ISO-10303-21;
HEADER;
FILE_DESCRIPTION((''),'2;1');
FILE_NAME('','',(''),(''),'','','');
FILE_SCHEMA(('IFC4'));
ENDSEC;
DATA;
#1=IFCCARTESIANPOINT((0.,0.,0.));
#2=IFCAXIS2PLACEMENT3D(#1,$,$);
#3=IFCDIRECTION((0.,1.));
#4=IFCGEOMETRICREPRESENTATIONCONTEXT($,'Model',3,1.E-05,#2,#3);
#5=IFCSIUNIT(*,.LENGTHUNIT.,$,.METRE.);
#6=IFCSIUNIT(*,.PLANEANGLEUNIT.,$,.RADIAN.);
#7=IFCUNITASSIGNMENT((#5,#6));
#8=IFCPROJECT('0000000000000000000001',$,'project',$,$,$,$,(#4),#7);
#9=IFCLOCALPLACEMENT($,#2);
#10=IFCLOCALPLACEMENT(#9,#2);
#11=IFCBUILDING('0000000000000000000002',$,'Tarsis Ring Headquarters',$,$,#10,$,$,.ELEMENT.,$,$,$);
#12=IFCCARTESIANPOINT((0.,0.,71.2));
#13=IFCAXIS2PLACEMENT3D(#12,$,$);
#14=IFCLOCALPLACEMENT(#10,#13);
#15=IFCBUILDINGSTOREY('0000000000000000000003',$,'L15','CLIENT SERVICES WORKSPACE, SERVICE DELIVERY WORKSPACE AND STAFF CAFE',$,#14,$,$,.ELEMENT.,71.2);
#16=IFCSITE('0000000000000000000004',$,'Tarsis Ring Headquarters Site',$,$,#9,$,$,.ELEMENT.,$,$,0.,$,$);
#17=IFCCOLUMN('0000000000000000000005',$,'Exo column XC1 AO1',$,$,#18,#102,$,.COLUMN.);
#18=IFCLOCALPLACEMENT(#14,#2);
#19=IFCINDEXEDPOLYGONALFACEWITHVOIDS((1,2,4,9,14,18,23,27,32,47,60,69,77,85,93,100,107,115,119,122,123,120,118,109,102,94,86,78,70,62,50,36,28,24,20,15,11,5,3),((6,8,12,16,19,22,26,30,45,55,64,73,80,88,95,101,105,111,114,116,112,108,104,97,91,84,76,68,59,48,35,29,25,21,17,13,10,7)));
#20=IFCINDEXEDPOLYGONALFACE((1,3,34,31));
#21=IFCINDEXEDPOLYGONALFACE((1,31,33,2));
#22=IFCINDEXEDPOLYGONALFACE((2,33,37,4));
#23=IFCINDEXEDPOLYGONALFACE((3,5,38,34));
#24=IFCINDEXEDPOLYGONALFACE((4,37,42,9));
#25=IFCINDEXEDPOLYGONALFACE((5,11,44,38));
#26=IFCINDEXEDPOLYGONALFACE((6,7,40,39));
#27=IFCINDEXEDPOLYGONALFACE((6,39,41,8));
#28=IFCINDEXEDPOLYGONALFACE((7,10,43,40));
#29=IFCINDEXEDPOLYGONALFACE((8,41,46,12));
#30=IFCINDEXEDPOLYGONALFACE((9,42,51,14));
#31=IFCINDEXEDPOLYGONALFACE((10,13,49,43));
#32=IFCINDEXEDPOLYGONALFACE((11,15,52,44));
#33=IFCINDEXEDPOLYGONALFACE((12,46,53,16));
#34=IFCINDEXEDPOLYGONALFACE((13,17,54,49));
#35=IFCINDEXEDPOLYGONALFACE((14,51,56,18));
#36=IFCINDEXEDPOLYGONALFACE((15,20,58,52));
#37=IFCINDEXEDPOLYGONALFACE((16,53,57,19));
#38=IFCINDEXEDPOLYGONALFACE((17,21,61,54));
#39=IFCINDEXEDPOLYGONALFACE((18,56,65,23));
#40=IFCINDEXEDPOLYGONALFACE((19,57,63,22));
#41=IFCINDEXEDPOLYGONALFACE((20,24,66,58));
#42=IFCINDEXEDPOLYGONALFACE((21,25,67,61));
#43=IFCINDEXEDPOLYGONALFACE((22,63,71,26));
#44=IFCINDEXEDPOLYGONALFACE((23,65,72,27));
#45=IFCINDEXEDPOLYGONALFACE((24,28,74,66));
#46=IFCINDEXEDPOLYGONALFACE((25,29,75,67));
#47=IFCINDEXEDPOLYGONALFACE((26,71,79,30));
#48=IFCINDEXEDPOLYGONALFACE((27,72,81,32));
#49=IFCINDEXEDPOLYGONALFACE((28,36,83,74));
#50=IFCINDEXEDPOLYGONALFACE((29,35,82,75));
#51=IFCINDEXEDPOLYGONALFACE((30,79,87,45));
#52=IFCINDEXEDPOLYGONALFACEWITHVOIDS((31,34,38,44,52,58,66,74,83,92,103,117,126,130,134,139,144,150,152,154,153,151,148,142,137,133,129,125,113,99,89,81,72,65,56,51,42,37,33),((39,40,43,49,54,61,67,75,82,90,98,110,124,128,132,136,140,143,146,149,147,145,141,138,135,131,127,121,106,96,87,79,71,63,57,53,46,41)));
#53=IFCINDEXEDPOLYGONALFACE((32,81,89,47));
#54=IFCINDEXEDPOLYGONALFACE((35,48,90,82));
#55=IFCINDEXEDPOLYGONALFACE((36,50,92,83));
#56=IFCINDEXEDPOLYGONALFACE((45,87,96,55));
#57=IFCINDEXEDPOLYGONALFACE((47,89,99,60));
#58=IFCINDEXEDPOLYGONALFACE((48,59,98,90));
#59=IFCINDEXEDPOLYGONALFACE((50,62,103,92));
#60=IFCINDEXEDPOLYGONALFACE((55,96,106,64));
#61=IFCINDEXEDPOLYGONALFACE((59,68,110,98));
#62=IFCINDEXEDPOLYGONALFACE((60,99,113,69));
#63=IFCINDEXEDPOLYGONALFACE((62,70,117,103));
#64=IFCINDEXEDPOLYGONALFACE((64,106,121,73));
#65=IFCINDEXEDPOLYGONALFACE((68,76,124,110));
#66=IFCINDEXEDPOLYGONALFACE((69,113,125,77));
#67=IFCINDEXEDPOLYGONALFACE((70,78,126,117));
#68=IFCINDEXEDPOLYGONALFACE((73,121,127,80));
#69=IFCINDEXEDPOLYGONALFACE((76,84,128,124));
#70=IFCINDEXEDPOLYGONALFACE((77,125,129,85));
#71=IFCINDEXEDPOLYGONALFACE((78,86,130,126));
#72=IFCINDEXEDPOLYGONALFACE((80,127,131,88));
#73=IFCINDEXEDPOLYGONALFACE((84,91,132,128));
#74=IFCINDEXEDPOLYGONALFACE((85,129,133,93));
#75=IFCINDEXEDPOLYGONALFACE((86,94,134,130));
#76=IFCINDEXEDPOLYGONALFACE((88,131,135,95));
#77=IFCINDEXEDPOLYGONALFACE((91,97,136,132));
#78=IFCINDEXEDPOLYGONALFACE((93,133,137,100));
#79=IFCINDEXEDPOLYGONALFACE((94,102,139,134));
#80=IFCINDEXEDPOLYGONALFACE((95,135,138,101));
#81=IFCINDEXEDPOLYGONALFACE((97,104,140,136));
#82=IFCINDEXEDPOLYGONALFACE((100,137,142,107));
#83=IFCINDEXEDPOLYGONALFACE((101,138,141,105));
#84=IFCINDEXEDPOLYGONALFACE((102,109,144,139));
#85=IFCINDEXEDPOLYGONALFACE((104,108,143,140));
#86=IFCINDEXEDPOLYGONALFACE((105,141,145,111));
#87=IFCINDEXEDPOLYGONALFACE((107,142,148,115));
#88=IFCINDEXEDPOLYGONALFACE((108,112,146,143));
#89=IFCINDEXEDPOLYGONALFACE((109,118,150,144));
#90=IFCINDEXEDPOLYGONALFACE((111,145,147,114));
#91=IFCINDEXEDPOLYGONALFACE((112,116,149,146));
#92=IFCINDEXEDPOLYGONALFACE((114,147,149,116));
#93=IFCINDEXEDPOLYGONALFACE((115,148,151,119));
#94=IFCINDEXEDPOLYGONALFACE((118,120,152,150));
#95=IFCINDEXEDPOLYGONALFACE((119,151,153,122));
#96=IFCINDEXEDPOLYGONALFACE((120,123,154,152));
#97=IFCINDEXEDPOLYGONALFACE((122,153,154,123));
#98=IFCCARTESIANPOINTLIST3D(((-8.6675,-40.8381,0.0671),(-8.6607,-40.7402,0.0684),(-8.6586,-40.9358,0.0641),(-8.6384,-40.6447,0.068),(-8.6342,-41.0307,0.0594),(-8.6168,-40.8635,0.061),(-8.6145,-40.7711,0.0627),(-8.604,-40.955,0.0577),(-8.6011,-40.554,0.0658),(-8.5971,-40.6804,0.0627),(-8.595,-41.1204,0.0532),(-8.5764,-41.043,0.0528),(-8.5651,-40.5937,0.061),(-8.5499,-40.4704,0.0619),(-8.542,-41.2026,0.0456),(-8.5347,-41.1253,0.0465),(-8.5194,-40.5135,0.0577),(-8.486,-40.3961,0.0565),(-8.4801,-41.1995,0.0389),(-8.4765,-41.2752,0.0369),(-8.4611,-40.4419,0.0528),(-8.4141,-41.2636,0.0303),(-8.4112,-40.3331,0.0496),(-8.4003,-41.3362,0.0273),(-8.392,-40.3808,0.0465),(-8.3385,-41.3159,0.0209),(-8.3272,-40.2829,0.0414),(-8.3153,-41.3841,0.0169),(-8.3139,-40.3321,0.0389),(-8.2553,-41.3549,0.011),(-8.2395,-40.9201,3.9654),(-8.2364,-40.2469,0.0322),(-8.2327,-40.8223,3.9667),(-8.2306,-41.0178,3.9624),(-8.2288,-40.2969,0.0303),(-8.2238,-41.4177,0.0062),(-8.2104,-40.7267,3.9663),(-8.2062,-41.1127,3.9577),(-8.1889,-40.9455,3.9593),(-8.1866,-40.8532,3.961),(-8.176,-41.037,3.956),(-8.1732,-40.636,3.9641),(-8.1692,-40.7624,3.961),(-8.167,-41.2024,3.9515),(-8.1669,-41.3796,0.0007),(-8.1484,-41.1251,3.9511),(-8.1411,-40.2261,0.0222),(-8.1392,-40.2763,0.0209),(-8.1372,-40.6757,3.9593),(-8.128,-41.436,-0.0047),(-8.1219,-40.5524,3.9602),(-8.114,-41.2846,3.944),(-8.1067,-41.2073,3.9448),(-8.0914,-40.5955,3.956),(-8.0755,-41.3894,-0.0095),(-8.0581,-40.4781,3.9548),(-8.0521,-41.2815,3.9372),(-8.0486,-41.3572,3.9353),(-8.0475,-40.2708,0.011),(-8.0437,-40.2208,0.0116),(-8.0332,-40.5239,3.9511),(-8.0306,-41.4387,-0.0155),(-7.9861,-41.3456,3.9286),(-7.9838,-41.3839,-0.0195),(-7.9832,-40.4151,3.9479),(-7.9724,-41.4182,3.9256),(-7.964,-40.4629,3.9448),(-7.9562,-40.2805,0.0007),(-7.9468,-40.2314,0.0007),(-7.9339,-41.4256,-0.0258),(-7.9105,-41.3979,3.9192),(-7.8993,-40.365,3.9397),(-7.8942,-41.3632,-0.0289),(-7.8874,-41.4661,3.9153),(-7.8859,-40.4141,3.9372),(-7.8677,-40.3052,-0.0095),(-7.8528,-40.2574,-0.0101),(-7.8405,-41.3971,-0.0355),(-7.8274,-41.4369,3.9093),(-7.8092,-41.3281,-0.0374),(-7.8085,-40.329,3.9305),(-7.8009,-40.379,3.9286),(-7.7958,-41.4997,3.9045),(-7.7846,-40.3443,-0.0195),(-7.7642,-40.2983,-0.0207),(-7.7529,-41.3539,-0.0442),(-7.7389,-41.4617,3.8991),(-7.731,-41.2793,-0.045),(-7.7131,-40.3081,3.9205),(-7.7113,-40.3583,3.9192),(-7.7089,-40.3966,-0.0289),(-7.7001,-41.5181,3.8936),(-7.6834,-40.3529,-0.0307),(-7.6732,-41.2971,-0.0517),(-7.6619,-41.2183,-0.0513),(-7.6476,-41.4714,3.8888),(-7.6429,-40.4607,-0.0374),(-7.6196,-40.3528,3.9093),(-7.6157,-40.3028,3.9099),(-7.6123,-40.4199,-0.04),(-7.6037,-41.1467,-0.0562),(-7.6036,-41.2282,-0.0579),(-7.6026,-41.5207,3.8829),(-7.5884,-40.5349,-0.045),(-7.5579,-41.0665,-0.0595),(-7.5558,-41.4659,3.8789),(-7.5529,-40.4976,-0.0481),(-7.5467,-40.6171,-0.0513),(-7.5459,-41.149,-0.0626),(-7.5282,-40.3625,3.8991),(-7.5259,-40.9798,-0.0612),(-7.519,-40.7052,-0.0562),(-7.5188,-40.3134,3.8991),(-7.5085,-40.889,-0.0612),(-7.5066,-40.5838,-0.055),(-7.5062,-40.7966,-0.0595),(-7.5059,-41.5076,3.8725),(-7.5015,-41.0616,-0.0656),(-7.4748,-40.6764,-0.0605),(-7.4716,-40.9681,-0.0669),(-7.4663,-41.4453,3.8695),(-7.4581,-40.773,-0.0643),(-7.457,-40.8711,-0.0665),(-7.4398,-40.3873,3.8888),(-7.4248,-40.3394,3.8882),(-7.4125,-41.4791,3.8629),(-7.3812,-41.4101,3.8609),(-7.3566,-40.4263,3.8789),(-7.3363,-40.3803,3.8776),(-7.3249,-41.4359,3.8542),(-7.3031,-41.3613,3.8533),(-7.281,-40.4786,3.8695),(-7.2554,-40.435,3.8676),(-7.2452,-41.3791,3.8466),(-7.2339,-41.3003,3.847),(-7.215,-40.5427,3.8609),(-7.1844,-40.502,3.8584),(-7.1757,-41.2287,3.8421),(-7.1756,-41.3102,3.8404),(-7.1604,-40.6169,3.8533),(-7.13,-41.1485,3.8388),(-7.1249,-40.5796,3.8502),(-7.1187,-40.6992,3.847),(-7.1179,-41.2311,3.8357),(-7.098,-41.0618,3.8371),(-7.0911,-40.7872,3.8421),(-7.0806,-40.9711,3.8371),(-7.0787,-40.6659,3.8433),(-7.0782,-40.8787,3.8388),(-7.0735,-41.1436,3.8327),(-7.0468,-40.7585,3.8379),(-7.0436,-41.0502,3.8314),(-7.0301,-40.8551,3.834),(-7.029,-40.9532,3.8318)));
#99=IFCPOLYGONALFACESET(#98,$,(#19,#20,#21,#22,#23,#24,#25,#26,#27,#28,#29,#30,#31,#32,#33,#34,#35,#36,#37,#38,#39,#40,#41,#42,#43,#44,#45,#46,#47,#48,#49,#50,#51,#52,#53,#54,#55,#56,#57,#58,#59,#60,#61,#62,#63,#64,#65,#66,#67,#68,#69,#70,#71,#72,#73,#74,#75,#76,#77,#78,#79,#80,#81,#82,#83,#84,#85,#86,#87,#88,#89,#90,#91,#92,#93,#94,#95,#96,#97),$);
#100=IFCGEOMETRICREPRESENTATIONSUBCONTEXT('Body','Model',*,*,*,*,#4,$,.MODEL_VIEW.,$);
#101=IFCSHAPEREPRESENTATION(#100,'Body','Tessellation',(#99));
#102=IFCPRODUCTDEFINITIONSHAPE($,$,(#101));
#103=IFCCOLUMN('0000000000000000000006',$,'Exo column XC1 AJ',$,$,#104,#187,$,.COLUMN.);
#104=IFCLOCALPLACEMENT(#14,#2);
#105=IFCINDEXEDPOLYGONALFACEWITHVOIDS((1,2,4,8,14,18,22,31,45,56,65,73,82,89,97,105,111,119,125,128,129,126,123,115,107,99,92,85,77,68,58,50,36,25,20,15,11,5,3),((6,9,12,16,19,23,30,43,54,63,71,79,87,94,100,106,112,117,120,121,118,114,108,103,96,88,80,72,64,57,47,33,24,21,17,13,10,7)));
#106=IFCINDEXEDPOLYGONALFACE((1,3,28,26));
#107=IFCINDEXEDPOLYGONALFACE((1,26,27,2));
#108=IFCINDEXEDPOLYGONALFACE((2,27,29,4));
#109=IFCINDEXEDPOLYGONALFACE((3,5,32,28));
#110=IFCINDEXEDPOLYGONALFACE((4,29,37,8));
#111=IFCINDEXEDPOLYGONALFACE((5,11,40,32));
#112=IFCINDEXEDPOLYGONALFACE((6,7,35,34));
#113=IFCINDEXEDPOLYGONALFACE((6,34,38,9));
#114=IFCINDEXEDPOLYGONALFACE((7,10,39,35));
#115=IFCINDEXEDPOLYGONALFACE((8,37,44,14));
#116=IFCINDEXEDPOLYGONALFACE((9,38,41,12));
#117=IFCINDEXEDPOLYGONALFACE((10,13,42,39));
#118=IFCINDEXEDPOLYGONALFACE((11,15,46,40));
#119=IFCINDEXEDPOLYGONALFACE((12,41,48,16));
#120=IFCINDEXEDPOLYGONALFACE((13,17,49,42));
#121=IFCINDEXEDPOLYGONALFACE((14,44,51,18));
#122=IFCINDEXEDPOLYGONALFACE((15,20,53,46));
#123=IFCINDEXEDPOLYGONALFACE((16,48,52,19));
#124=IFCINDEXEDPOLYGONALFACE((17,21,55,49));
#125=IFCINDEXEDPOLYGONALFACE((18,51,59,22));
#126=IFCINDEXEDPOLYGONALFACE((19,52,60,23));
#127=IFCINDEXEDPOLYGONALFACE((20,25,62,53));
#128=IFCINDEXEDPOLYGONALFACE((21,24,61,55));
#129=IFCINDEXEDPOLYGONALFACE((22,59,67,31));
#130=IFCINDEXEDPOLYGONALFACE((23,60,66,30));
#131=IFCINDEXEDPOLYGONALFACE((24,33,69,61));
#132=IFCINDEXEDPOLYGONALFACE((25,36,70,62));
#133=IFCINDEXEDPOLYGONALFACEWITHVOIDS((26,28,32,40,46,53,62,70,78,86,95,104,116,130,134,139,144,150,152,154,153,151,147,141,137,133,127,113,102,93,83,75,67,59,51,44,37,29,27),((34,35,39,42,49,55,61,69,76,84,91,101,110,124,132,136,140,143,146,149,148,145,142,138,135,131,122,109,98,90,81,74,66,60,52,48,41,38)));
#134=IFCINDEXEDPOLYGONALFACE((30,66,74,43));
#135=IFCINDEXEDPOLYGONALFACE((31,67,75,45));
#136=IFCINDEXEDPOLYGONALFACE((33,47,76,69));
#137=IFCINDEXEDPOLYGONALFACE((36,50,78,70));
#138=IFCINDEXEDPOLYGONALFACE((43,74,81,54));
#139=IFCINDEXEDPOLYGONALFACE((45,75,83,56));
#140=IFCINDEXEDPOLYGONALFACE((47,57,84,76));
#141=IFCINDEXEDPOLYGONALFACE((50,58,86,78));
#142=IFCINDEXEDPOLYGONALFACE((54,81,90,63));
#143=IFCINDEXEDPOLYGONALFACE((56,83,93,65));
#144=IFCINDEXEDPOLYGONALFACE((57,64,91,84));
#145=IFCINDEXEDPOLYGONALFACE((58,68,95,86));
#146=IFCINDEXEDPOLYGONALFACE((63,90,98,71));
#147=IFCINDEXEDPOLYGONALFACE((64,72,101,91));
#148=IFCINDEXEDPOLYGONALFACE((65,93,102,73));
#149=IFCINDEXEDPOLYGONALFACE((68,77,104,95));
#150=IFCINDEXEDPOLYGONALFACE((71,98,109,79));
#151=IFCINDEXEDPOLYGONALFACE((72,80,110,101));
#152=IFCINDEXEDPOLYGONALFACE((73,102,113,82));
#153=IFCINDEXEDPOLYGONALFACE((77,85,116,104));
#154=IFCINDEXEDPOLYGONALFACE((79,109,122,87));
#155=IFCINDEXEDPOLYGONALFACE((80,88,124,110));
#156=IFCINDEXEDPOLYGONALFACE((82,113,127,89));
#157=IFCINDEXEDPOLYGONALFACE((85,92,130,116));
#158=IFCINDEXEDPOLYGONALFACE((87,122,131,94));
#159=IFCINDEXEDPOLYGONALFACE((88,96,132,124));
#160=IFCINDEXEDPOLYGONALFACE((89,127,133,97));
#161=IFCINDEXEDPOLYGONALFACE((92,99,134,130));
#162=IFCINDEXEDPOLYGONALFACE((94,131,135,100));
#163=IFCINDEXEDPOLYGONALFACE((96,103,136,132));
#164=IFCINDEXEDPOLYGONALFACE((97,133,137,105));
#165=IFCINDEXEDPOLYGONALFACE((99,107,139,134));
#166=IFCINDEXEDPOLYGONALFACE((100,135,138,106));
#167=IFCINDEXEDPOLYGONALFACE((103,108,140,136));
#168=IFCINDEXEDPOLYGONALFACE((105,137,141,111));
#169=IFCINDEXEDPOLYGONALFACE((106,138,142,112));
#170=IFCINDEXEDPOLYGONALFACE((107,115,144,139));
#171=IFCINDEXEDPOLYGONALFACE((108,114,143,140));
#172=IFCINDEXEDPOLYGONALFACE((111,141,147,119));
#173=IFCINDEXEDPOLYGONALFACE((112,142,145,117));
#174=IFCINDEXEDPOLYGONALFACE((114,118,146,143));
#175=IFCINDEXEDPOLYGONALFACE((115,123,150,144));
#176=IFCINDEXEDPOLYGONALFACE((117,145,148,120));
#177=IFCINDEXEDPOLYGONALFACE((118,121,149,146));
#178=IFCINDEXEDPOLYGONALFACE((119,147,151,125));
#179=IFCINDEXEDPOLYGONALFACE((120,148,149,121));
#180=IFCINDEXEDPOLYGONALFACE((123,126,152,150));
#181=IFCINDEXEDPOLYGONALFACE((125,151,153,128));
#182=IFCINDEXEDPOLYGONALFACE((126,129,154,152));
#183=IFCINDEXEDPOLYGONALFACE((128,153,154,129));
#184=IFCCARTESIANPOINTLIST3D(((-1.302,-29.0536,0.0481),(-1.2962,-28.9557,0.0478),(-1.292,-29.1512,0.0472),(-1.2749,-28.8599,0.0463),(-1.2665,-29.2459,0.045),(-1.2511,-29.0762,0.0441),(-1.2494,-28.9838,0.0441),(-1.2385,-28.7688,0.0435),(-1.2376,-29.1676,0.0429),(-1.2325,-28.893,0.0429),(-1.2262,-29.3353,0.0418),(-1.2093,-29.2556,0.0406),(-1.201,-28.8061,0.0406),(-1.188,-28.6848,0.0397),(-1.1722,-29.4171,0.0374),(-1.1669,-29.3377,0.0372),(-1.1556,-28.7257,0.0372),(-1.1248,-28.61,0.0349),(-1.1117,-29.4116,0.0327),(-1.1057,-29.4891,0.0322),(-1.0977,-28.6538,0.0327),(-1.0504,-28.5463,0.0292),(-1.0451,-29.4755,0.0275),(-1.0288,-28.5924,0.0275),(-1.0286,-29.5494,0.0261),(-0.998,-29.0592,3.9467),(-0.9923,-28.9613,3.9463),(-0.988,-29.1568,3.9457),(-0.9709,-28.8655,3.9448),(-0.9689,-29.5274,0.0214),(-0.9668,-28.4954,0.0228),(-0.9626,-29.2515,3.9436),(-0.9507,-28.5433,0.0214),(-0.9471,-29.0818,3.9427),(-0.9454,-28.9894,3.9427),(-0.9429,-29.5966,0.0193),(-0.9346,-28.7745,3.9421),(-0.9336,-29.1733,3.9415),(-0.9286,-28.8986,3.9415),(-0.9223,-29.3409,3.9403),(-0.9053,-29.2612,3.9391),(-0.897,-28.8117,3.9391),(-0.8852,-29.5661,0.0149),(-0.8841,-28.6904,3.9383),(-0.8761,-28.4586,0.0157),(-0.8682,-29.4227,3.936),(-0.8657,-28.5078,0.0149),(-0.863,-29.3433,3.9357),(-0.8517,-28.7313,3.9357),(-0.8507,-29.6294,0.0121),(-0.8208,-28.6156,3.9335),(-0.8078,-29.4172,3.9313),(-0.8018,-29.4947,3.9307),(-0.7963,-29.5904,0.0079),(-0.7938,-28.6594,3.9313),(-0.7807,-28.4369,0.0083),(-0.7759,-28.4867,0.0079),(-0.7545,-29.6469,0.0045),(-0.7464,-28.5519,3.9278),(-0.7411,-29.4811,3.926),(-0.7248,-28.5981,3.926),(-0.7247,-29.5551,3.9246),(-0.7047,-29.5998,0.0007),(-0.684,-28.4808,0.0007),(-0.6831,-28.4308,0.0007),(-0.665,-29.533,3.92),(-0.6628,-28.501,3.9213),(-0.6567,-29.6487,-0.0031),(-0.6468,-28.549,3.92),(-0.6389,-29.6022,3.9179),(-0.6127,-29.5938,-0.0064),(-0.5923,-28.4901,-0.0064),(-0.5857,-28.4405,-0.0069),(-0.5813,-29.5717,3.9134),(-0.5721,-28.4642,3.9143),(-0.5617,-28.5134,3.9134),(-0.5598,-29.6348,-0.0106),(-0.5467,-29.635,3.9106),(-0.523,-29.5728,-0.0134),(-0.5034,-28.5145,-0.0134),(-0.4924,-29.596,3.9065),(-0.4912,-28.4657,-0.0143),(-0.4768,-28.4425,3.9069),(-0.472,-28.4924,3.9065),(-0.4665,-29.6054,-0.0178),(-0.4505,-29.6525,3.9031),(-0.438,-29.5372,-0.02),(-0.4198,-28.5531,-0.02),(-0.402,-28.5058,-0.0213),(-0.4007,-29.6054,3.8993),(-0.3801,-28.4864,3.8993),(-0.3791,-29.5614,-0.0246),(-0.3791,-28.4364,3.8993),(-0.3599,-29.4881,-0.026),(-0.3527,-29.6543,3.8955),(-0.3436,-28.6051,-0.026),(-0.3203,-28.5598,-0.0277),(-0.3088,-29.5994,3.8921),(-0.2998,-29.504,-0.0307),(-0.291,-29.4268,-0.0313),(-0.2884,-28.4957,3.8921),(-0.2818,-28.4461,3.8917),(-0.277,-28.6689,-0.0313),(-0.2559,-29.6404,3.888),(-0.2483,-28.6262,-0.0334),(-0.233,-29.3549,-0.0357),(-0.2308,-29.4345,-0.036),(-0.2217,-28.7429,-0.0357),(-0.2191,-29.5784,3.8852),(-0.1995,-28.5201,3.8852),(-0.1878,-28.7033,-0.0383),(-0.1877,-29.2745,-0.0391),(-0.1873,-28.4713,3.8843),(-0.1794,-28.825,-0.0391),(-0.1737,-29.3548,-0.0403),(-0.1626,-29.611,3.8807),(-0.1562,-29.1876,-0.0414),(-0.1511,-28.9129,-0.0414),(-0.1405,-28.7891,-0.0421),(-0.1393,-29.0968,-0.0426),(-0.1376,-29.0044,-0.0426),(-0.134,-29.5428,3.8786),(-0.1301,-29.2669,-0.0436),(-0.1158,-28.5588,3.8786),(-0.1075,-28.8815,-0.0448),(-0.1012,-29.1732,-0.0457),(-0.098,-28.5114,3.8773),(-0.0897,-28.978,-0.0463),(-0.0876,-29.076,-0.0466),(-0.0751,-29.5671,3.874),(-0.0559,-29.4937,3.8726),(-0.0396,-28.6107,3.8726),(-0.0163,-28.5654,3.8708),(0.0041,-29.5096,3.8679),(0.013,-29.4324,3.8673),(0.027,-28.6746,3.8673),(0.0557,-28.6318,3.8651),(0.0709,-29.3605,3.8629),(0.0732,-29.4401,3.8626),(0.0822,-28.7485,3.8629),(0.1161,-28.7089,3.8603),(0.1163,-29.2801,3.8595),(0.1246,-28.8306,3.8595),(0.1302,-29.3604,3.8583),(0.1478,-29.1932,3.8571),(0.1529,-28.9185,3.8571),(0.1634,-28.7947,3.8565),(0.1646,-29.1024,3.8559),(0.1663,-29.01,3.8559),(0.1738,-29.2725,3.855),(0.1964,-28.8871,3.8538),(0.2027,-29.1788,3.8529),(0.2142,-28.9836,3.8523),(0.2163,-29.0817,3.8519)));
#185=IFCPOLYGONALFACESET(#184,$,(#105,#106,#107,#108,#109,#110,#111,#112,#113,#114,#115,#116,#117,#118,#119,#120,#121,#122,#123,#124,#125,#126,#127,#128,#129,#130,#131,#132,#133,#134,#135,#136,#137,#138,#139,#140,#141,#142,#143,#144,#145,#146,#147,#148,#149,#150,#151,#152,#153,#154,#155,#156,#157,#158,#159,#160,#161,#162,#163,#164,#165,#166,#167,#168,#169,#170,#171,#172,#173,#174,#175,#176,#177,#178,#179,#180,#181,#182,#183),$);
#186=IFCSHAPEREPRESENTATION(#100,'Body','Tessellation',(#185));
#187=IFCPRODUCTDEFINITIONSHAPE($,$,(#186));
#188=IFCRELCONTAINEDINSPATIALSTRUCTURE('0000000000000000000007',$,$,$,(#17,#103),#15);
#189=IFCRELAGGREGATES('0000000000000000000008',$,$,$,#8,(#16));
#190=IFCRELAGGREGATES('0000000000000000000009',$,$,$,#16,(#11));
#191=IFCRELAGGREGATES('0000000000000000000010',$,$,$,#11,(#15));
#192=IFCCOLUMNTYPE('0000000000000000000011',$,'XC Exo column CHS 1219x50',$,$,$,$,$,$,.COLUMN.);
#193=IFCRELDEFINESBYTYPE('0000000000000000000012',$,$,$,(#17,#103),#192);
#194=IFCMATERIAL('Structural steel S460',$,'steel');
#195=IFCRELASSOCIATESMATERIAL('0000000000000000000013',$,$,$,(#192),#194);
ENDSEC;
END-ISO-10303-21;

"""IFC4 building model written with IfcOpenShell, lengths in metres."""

from ifc_helpers import new_model, si_unit, direction, frame, origin, origin_2d, place, context, subcontext, project, spatial, hollow_circle, extrude, material, material_profile, profile_set, type_object, element, save


model = new_model("IFC4")

# Units and contexts
model_context = context("Model", 3, precision=1e-05, world=origin(), true_north=direction((0.0, 1.0)))
body_context = subcontext(model_context, "Body", "Model", "MODEL_VIEW")
ifc_project = project(units=[si_unit("LENGTHUNIT", "METRE"), si_unit("PLANEANGLEUNIT", "RADIAN")], contexts=[model_context])

# Site, building, storey
site_placement = place(None, origin())
site = spatial("IfcSite", under=ifc_project, at=site_placement, Name="Tarsis Ring Headquarters Site", CompositionType="ELEMENT", RefElevation=0.0)
building_placement = place(site_placement, origin())
building = spatial("IfcBuilding", under=site, at=building_placement, Name="Tarsis Ring Headquarters", CompositionType="ELEMENT")
storey_placement = place(building_placement, frame((0.0, 0.0, 71.2)))
storey = spatial("IfcBuildingStorey", under=building, at=storey_placement, Name="L15", Description="CLIENT SERVICES WORKSPACE, SERVICE DELIVERY WORKSPACE AND STAFF CAFE", CompositionType="ELEMENT", Elevation=71.2)

# Columns
ifc_material_1 = material(Name="Structural steel S460", Category="steel")
ifc_material_profile_1 = material_profile(ifc_material_1, hollow_circle(Radius=0.6096, WallThickness=0.05, at=origin_2d()), Name="CHS 1219x50")
ifc_profile_set_1 = profile_set([ifc_material_profile_1], Name="Structural steel S460")
column_type = type_object("IfcColumnType", Name="XC Exo column CHS 1219x50", PredefinedType="COLUMN", material=ifc_profile_set_1)
column_1_placement = place(storey_placement, frame((-8.0615, -40.8301, 0.0007), z_axis=(0.109103, -0.020912, 0.993811), x_axis=(0.188245, 0.982122, 0.0)))
element("IfcColumn", 1, at=column_1_placement, inside=storey, type_object=column_type, Name="Exo column XC1 AO1", PredefinedType="COLUMN", context=body_context, shape_type="SweptSolid", body=[
    extrude(hollow_circle(Radius=0.6096, WallThickness=0.05, at=origin_2d()), origin(), (0.0, 0.0, 1.0), 3.9226),
])
column_2_placement = place(storey_placement, frame((-0.6943, -29.0403, 0.0007), z_axis=(0.077728, -0.001436, 0.996974), x_axis=(0.018471, 0.999829, 0.0)))
element("IfcColumn", 2, at=column_2_placement, inside=storey, type_object=column_type, Name="Exo column XC1 AJ", PredefinedType="COLUMN", context=body_context, shape_type="SweptSolid", body=[
    extrude(hollow_circle(Radius=0.6096, WallThickness=0.05, at=origin_2d()), origin(), (0.0, 0.0, 1.0), 3.9104),
])

save(model, "model.ifc")
